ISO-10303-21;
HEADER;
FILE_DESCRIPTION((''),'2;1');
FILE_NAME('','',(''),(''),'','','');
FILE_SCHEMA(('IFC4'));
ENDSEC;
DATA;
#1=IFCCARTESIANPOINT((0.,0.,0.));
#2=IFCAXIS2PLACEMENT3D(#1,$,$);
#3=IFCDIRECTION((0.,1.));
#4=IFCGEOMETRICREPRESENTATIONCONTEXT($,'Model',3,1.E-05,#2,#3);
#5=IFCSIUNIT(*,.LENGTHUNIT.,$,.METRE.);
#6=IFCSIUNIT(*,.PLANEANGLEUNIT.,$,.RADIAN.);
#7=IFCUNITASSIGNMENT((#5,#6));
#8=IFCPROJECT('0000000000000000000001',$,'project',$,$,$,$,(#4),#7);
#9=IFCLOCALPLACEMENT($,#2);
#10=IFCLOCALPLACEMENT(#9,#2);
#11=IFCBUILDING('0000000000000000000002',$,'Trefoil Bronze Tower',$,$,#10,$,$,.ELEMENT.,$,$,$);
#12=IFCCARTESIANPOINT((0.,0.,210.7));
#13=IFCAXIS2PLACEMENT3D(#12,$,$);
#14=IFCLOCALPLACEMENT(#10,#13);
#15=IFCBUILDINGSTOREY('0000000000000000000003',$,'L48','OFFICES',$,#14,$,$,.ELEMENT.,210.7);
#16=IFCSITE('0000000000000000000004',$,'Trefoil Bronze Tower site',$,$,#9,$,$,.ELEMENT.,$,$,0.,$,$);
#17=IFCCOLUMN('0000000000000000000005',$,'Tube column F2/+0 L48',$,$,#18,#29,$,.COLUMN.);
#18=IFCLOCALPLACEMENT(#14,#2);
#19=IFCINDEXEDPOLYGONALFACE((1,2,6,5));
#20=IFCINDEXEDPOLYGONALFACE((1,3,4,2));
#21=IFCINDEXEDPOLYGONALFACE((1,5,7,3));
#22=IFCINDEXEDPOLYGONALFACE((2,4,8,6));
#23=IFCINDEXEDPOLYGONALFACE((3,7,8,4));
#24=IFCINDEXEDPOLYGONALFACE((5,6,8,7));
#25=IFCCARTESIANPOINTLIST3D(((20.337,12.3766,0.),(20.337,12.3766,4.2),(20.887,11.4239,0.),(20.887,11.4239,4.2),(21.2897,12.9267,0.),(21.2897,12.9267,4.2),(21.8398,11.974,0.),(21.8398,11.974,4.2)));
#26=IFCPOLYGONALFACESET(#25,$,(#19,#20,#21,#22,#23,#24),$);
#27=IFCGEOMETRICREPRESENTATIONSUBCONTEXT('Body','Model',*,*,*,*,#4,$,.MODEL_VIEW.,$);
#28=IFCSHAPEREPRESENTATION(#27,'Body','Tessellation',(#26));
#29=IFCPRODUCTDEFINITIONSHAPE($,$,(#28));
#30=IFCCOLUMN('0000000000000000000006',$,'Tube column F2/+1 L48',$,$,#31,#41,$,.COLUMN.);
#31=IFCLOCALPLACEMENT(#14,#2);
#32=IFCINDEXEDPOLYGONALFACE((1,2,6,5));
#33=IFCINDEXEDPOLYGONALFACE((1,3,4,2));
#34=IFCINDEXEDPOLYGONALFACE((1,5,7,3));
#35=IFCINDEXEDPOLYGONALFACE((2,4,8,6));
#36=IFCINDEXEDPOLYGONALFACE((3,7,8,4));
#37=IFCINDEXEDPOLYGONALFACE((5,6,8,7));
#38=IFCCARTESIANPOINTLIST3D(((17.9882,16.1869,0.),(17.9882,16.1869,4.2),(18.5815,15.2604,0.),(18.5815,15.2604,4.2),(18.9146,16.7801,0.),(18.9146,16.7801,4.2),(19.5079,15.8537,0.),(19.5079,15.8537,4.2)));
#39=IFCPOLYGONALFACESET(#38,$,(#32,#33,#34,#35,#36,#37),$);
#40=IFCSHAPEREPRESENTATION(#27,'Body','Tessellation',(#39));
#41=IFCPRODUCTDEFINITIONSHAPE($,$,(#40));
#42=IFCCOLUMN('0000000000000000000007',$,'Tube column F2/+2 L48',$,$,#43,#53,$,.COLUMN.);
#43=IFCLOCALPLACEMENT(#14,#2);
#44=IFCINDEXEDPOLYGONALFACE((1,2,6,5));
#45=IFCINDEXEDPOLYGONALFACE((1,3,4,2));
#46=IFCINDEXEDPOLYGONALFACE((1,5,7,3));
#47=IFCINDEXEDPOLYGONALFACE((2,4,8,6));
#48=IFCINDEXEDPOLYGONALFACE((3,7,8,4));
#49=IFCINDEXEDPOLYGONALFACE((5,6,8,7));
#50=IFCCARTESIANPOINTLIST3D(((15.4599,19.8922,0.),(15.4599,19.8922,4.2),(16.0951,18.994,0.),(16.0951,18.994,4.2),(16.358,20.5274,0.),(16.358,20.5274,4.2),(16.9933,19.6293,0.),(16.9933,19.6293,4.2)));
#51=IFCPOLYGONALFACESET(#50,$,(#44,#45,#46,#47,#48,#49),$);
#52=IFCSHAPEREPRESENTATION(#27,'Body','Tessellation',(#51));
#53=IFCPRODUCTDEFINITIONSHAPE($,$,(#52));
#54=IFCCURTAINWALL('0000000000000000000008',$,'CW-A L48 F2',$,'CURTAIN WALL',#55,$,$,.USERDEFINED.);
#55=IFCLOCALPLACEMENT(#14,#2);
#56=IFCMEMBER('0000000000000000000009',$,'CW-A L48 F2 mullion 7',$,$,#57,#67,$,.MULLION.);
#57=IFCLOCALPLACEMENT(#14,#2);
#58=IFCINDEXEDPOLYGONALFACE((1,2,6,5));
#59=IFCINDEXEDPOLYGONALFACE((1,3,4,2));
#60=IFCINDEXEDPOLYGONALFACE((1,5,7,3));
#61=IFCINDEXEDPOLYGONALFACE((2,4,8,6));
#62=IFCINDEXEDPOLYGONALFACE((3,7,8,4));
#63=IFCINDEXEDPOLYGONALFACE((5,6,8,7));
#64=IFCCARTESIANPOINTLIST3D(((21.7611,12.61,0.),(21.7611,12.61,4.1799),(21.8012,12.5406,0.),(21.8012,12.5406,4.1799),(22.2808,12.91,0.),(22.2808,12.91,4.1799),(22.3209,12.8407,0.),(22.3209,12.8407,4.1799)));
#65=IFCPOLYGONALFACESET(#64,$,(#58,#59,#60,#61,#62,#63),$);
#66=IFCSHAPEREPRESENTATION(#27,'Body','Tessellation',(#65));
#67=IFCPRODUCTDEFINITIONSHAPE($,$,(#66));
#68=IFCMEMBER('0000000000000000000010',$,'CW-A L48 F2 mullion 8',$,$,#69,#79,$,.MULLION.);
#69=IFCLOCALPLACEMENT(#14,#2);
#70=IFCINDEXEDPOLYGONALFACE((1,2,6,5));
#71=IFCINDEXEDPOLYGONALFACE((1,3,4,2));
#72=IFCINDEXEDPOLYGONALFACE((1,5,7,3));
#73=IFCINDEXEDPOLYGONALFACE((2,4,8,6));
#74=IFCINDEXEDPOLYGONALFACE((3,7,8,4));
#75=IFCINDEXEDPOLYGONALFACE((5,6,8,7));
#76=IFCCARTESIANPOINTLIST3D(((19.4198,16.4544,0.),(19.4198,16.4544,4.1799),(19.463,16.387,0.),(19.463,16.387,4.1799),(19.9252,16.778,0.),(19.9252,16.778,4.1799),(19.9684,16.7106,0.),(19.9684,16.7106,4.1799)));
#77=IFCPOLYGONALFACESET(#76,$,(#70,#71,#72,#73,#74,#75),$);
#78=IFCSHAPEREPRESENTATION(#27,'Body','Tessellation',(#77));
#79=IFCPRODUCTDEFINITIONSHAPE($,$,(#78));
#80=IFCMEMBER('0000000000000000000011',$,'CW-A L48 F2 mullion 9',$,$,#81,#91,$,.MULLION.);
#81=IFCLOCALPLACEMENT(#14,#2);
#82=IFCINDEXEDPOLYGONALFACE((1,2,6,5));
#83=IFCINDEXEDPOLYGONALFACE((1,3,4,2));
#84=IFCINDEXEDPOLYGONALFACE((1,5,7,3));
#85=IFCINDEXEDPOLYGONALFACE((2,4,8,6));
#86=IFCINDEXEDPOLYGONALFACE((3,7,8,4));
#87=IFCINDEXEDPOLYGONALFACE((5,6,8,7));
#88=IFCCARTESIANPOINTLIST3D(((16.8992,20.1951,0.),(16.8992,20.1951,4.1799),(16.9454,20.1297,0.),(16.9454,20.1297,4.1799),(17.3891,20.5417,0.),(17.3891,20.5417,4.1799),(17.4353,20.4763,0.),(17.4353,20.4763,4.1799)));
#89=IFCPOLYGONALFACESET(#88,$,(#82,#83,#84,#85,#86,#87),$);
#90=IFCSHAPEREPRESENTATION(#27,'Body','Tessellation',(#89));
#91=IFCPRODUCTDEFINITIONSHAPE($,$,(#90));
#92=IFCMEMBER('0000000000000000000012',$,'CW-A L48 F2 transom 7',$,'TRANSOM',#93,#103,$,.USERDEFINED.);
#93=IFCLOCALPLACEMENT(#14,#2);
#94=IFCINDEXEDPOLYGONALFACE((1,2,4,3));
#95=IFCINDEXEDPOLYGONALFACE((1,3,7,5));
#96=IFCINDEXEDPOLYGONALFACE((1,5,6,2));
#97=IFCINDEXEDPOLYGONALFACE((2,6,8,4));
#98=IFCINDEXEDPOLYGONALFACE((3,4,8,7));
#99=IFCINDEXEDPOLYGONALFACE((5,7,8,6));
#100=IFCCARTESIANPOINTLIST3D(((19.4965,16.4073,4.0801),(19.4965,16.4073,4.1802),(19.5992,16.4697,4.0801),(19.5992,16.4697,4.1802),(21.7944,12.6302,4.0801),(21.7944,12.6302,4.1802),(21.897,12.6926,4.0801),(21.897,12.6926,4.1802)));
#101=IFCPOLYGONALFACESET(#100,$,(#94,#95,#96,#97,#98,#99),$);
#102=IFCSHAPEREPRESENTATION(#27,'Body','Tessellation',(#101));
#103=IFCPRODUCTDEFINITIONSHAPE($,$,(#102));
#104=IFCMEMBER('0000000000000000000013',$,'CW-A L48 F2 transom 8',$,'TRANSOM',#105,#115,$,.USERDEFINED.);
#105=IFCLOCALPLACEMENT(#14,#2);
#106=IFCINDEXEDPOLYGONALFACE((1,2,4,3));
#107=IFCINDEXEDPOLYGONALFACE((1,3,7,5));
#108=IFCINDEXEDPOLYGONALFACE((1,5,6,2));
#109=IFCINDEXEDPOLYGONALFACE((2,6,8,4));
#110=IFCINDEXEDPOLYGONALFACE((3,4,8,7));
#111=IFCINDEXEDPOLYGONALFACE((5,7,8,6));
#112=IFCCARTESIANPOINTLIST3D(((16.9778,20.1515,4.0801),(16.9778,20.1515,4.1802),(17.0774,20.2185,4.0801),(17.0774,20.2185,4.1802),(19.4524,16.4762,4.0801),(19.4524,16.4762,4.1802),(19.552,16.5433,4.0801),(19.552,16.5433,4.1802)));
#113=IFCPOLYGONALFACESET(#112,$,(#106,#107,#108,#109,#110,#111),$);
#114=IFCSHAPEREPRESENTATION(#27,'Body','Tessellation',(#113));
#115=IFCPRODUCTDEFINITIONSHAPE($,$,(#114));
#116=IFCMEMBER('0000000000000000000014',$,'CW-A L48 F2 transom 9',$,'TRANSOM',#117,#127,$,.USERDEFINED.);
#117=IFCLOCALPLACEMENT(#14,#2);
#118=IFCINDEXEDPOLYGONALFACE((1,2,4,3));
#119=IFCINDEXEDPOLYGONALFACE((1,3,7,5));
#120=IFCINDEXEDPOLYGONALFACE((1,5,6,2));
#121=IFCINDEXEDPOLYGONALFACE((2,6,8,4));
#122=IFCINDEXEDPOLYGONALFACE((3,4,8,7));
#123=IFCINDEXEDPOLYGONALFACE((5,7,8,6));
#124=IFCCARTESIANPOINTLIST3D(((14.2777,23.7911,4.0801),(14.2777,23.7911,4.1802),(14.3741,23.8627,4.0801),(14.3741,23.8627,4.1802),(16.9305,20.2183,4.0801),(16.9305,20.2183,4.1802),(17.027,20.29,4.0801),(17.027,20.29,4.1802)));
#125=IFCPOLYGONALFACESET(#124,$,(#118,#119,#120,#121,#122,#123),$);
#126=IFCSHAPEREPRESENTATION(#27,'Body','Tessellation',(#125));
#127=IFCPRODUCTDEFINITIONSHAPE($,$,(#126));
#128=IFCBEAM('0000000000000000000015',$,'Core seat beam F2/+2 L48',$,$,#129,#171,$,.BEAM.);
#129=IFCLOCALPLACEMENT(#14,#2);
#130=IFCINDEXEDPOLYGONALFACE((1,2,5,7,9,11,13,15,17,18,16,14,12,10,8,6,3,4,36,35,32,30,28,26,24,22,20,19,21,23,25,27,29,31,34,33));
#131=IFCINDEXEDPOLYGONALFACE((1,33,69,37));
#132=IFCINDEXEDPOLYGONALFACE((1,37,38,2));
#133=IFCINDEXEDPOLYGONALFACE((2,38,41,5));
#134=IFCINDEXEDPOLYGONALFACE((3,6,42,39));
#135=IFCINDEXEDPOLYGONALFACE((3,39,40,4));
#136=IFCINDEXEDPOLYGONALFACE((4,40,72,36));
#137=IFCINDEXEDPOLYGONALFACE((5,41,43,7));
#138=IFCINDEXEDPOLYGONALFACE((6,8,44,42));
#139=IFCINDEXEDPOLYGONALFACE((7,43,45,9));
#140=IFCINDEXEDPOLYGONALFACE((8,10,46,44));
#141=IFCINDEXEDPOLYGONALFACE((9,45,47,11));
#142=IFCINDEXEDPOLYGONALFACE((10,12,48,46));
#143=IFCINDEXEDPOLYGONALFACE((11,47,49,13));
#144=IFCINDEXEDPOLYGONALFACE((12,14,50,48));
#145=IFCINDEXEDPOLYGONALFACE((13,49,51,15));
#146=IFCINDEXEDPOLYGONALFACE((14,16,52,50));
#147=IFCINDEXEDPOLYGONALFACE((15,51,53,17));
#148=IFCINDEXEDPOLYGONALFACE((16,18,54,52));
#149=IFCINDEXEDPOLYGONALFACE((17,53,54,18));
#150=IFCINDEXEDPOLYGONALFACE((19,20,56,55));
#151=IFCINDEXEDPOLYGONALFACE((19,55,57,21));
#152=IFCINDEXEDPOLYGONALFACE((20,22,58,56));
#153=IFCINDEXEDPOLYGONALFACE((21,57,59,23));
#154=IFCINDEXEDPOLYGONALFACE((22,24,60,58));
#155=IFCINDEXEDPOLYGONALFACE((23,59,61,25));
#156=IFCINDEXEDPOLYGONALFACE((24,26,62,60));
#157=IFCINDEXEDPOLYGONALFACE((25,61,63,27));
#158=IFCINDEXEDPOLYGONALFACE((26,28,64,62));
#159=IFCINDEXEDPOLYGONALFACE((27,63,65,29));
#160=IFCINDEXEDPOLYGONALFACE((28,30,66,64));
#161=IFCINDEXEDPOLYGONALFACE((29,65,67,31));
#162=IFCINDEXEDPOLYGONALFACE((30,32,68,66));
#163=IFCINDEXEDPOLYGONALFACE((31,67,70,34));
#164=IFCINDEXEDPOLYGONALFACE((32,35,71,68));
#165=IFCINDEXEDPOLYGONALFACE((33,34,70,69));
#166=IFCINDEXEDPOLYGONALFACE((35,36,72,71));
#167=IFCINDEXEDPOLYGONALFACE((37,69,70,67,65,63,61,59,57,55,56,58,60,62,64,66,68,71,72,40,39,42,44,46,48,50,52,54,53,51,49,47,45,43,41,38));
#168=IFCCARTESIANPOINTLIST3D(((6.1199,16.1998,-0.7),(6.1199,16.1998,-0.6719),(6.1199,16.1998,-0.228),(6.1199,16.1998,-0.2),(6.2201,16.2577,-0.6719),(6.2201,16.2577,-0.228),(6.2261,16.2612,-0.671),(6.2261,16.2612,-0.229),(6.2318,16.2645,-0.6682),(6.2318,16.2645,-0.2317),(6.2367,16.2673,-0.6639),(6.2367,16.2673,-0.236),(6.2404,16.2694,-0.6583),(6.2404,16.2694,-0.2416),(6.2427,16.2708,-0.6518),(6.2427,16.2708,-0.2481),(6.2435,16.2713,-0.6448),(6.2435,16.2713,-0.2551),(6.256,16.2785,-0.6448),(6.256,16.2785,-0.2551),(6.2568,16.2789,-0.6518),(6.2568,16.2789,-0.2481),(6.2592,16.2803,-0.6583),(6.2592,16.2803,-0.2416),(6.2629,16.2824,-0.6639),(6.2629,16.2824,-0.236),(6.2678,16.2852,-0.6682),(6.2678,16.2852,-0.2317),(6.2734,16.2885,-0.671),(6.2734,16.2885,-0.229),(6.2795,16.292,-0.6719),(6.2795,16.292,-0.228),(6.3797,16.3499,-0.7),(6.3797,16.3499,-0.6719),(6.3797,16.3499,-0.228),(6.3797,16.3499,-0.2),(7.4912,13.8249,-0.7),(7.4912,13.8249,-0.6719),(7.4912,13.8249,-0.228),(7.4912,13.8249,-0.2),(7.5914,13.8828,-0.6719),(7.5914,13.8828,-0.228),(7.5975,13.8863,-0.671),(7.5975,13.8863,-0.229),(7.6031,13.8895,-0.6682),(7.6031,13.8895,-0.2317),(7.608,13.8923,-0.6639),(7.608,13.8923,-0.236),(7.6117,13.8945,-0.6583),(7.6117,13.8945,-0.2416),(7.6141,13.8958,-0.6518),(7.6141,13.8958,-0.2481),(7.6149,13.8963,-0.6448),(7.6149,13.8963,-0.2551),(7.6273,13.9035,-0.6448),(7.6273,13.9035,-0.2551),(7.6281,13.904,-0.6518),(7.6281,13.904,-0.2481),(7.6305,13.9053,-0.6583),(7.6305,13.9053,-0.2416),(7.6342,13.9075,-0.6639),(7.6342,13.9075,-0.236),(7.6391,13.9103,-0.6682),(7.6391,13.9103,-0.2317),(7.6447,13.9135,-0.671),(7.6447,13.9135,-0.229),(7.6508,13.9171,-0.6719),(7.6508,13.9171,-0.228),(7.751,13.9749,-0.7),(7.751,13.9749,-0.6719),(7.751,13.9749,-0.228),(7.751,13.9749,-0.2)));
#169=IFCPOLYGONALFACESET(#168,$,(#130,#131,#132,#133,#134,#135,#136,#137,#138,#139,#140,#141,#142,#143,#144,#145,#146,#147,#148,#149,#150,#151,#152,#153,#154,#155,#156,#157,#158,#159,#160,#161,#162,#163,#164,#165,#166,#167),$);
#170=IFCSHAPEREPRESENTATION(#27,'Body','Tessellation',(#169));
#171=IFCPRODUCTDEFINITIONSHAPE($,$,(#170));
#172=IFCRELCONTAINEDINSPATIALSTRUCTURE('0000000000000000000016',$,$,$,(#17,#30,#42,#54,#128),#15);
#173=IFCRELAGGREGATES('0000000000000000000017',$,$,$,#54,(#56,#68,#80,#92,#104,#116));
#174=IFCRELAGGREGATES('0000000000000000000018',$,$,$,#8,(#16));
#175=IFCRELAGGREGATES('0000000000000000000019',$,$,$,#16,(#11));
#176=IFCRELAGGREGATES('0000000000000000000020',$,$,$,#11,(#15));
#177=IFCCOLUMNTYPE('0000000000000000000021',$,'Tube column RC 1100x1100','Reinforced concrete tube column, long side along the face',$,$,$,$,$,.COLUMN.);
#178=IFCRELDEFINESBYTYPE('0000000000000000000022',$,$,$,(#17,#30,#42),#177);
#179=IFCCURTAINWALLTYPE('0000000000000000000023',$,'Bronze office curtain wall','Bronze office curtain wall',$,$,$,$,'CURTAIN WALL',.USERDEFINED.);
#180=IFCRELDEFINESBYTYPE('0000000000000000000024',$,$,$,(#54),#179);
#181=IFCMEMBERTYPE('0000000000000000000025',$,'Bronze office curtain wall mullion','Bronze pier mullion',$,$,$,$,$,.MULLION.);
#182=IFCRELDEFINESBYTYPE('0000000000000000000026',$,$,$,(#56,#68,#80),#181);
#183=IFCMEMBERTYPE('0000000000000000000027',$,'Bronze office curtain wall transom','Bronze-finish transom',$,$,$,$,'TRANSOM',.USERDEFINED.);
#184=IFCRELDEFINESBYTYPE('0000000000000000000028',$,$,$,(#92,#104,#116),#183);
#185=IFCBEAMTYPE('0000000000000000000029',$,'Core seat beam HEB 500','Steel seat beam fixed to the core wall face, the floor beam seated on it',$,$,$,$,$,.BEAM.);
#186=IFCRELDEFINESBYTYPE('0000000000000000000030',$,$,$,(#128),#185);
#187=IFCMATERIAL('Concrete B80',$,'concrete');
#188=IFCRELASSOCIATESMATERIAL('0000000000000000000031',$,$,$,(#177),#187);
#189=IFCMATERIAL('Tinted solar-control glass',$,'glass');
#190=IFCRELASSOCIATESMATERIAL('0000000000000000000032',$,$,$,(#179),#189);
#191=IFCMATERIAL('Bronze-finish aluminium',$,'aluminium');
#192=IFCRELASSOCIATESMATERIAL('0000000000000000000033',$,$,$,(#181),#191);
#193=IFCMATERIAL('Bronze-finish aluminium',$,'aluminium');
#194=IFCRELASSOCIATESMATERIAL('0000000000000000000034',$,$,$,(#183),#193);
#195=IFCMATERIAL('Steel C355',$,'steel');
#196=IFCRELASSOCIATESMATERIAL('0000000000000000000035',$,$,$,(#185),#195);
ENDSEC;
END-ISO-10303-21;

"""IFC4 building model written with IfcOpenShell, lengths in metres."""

from ifc_helpers import new_model, si_unit, direction, frame, origin, origin_2d, place, context, subcontext, project, spatial, rectangle, i_section, extrude, material, material_profile, profile_set, type_object, element, aggregate, save


model = new_model("IFC4")

# Units and contexts
model_context = context("Model", 3, precision=1e-05, world=origin(), true_north=direction((0.0, 1.0)))
body_context = subcontext(model_context, "Body", "Model", "MODEL_VIEW")
ifc_project = project(units=[si_unit("LENGTHUNIT", "METRE"), si_unit("PLANEANGLEUNIT", "RADIAN")], contexts=[model_context])

# Site, building, storey
site_placement = place(None, origin())
site = spatial("IfcSite", under=ifc_project, at=site_placement, Name="Trefoil Bronze Tower site", CompositionType="ELEMENT", RefElevation=0.0)
building_placement = place(site_placement, origin())
building = spatial("IfcBuilding", under=site, at=building_placement, Name="Trefoil Bronze Tower", CompositionType="ELEMENT")
storey_placement = place(building_placement, frame((0.0, 0.0, 210.7)))
storey = spatial("IfcBuildingStorey", under=building, at=storey_placement, Name="L48", Description="OFFICES", CompositionType="ELEMENT", Elevation=210.7)

# Columns
ifc_material_1 = material(Name="Concrete B80", Category="concrete")
ifc_material_profile_1 = material_profile(ifc_material_1, rectangle(XDim=1.1001, YDim=1.1001, at=origin_2d()), Name="RC 1100x1100")
ifc_profile_set_1 = profile_set([ifc_material_profile_1], Name="Concrete B80")
column_type = type_object("IfcColumnType", Name="Tube column RC 1100x1100", Description="Reinforced concrete tube column, long side along the face", PredefinedType="COLUMN", material=ifc_profile_set_1)
for number, where, z_axis, x_axis, name in (
    (1, (21.0884, 12.1753, 0.0), (0.0, 0.0, 1.0), (-0.5, 0.866025, 0.0), "Tube column F2/+0 L48"),
    (2, (18.748, 16.0203, 0.0), (0.0, 0.0, 1.0), (-0.53927, 0.842133, 0.0), "Tube column F2/+1 L48"),
    (3, (16.2266, 19.7607, 0.0), (0.0, 0.0, 1.0), (-0.577481, 0.816404, 0.0), "Tube column F2/+2 L48"),
):
    element("IfcColumn", number, at=place(storey_placement, frame(where, z_axis=z_axis, x_axis=x_axis)), inside=storey, type_object=column_type, Name=name, PredefinedType="COLUMN", context=body_context, shape_type="SweptSolid", body=[
        extrude(rectangle(XDim=1.1001, YDim=1.1001, at=origin_2d()), origin(), (0.0, 0.0, 1.0), 4.2),
    ])

# Curtain wall, members
ifc_material_2 = material(Name="Tinted solar-control glass", Category="glass")
curtain_wall_type = type_object("IfcCurtainWallType", Name="Bronze office curtain wall", Description="Bronze office curtain wall", ElementType="CURTAIN WALL", PredefinedType="USERDEFINED", material=ifc_material_2)
curtain_wall_placement = place(storey_placement, origin())
curtain_wall = element("IfcCurtainWall", 4, at=curtain_wall_placement, inside=storey, type_object=curtain_wall_type, Name="CW-A L48 F2", ObjectType="CURTAIN WALL", PredefinedType="USERDEFINED")
ifc_material_3 = material(Name="Bronze-finish aluminium", Category="aluminium")
ifc_material_profile_2 = material_profile(ifc_material_3, rectangle(XDim=0.6001, YDim=0.0801, at=origin_2d()), Name="CW-A mullion")
ifc_profile_set_2 = profile_set([ifc_material_profile_2], Name="Bronze-finish aluminium")
member_type_1 = type_object("IfcMemberType", Name="Bronze office curtain wall mullion", Description="Bronze pier mullion", PredefinedType="MULLION", material=ifc_profile_set_2)
member_1_placement = place(storey_placement, frame((22.041, 12.7253, 0.0), z_axis=(0.0, 0.0, 1.0), x_axis=(-0.866025, -0.5, 0.0)))
member_1 = element("IfcMember", 5, at=member_1_placement, type_object=member_type_1, Name="CW-A L48 F2 mullion 7", PredefinedType="MULLION", context=body_context, shape_type="SweptSolid", body=[
    extrude(rectangle(XDim=0.6001, YDim=0.0801, at=origin_2d()), origin(), (0.0, 0.0, 1.0), 4.1799),
])
member_2_placement = place(storey_placement, frame((19.6941, 16.5825, 0.0), z_axis=(0.0, 0.0, 1.0), x_axis=(-0.842133, -0.53927, 0.0)))
member_2 = element("IfcMember", 6, at=member_2_placement, type_object=member_type_1, Name="CW-A L48 F2 mullion 8", PredefinedType="MULLION", context=body_context, shape_type="SweptSolid", body=[
    extrude(rectangle(XDim=0.6001, YDim=0.0801, at=origin_2d()), origin(), (0.0, 0.0, 1.0), 4.1799),
])
member_3_placement = place(storey_placement, frame((17.1672, 20.3357, 0.0), z_axis=(0.0, 0.0, 1.0), x_axis=(-0.816404, -0.577481, 0.0)))
member_3 = element("IfcMember", 7, at=member_3_placement, type_object=member_type_1, Name="CW-A L48 F2 mullion 9", PredefinedType="MULLION", context=body_context, shape_type="SweptSolid", body=[
    extrude(rectangle(XDim=0.6001, YDim=0.0801, at=origin_2d()), origin(), (0.0, 0.0, 1.0), 4.1799),
])
ifc_material_4 = material(Name="Bronze-finish aluminium", Category="aluminium")
ifc_material_profile_3 = material_profile(ifc_material_4, rectangle(XDim=0.1201, YDim=0.1001, at=origin_2d()), Name="CW-A transom")
ifc_profile_set_3 = profile_set([ifc_material_profile_3], Name="Bronze-finish aluminium")
member_type_2 = type_object("IfcMemberType", Name="Bronze office curtain wall transom", Description="Bronze-finish transom", ElementType="TRANSOM", PredefinedType="USERDEFINED", material=ifc_profile_set_3)
member_4_placement = place(storey_placement, frame((21.8457, 12.6614, 4.1301), z_axis=(-0.51974, 0.854324, 0.0), x_axis=(-0.854324, -0.51974, 0.0)))
member_4 = element("IfcMember", 8, at=member_4_placement, type_object=member_type_2, Name="CW-A L48 F2 transom 7", ObjectType="TRANSOM", PredefinedType="USERDEFINED", context=body_context, shape_type="SweptSolid", body=[
    extrude(rectangle(XDim=0.1201, YDim=0.1001, at=origin_2d()), origin(), (0.0, 0.0, 1.0), 4.4211),
])
member_5_placement = place(storey_placement, frame((19.5022, 16.5098, 4.1301), z_axis=(-0.558509, 0.829498, 0.0), x_axis=(-0.829498, -0.558509, 0.0)))
member_5 = element("IfcMember", 9, at=member_5_placement, type_object=member_type_2, Name="CW-A L48 F2 transom 8", ObjectType="TRANSOM", PredefinedType="USERDEFINED", context=body_context, shape_type="SweptSolid", body=[
    extrude(rectangle(XDim=0.1201, YDim=0.1001, at=origin_2d()), origin(), (0.0, 0.0, 1.0), 4.4307),
])
member_6_placement = place(storey_placement, frame((16.9788, 20.2542, 4.1301), z_axis=(-0.596148, 0.802874, 0.0), x_axis=(-0.802874, -0.596148, 0.0)))
member_6 = element("IfcMember", 10, at=member_6_placement, type_object=member_type_2, Name="CW-A L48 F2 transom 9", ObjectType="TRANSOM", PredefinedType="USERDEFINED", context=body_context, shape_type="SweptSolid", body=[
    extrude(rectangle(XDim=0.1201, YDim=0.1001, at=origin_2d()), origin(), (0.0, 0.0, 1.0), 4.45),
])

# Beam
ifc_material_5 = material(Name="Steel C355", Category="steel")
ifc_material_profile_4 = material_profile(ifc_material_5, i_section(OverallWidth=0.3, OverallDepth=0.5, WebThickness=0.0144, FlangeThickness=0.0281, FilletRadius=0.0271, at=origin_2d()), Name="HEB 500")
ifc_profile_set_4 = profile_set([ifc_material_profile_4], Name="Steel C355")
beam_type_1 = type_object("IfcBeamType", Name="Core seat beam HEB 500", Description="Steel seat beam fixed to the core wall face, the floor beam seated on it", PredefinedType="BEAM", material=ifc_profile_set_4)
beam_1_placement = place(storey_placement, frame((7.6211, 13.8999, -0.45), z_axis=(-0.500036, 0.866005, 0.0), x_axis=(-0.866005, -0.500036, 0.0)))
element("IfcBeam", 11, at=beam_1_placement, inside=storey, type_object=beam_type_1, Name="Core seat beam F2/+2 L48", PredefinedType="BEAM", context=body_context, shape_type="SweptSolid", body=[
    extrude(i_section(OverallWidth=0.3, OverallDepth=0.5, WebThickness=0.0144, FlangeThickness=0.0281, FilletRadius=0.0271, at=origin_2d()), origin(), (0.0, 0.0, 1.0), 2.7424),
])

aggregate(curtain_wall, [member_1, member_2, member_3, member_4, member_5, member_6])

save(model, "model.ifc")
